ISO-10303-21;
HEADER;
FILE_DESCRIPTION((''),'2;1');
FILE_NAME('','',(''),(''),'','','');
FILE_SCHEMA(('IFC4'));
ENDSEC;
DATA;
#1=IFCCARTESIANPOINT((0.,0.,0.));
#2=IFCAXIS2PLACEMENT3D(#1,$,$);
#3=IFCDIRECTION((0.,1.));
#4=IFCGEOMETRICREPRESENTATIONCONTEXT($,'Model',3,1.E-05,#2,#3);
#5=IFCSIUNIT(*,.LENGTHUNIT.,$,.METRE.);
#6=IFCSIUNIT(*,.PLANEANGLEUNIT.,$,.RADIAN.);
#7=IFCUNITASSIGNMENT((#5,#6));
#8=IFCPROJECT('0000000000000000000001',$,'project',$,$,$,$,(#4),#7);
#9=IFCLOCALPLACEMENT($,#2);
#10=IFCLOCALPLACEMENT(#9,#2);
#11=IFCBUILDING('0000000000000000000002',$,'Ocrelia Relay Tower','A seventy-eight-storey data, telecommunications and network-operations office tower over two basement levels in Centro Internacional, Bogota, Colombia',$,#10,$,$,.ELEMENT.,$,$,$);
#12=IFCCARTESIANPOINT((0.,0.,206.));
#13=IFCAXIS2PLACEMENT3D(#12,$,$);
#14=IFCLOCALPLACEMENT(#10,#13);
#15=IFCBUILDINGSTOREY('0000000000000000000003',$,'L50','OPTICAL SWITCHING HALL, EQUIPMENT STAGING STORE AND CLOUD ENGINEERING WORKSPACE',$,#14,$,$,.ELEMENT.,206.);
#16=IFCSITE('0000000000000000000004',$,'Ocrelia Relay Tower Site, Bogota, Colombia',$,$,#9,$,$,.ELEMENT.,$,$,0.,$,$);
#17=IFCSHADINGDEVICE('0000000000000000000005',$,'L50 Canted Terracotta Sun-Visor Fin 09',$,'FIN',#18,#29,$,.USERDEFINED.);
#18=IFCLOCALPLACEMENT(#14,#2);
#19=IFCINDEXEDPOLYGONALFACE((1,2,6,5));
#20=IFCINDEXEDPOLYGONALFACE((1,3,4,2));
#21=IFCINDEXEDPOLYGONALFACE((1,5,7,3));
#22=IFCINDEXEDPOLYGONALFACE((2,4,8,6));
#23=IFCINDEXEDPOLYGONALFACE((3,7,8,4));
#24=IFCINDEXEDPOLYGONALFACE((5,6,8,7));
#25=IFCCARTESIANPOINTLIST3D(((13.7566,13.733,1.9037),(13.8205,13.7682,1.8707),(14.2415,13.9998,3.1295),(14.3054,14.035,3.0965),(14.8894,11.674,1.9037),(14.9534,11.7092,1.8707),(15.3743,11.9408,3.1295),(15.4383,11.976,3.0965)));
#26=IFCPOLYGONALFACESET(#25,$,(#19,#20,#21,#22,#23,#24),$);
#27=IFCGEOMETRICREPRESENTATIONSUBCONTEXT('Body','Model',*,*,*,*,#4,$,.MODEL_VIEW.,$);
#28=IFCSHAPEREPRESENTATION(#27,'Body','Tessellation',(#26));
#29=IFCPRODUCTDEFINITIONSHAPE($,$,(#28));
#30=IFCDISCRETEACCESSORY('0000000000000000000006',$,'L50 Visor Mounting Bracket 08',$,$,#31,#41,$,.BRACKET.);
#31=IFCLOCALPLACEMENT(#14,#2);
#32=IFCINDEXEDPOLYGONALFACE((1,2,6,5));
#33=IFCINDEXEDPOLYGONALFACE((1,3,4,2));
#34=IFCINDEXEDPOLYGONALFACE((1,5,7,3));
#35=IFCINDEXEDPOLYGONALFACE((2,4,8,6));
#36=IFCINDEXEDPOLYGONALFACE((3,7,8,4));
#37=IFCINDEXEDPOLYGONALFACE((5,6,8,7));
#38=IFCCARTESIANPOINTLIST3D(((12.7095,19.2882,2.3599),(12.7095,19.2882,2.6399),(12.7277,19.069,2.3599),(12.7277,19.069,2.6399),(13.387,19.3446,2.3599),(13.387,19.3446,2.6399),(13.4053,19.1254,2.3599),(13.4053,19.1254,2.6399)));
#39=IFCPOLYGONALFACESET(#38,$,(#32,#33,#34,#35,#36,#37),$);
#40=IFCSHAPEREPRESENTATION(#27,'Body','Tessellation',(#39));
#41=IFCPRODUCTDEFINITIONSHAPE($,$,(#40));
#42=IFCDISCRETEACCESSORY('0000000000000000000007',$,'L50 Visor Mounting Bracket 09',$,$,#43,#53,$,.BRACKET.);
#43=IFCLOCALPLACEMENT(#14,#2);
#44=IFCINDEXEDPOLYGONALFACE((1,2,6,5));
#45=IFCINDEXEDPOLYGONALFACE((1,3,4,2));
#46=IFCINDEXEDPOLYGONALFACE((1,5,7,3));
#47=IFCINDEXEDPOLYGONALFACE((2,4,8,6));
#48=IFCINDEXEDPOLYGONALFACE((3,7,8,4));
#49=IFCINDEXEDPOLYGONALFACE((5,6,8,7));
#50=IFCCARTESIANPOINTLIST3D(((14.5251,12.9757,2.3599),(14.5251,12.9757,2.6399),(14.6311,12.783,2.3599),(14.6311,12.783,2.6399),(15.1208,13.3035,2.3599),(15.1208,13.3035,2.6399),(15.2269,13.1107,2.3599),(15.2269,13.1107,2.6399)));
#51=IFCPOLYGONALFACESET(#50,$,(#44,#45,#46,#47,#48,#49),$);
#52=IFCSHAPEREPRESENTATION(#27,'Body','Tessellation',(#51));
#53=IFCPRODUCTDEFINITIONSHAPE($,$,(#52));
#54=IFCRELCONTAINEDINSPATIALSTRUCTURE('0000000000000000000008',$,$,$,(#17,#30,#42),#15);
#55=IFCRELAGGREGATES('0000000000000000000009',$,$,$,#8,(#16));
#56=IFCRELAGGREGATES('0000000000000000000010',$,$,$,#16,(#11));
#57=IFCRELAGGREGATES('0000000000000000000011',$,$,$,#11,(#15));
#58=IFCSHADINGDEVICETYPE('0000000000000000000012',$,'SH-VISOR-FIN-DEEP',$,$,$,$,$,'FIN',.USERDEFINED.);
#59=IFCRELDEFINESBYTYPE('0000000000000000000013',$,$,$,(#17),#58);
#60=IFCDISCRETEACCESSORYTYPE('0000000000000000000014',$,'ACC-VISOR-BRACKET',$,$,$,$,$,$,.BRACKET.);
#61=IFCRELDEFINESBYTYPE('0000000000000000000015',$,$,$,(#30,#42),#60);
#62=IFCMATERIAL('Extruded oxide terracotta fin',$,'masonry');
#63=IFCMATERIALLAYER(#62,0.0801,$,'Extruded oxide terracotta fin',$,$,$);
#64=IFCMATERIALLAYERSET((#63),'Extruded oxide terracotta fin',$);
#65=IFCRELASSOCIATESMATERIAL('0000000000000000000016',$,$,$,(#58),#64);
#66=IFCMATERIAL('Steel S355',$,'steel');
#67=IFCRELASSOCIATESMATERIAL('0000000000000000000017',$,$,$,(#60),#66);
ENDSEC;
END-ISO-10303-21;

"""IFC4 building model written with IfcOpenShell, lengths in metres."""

from ifc_helpers import new_model, si_unit, direction, frame, origin, origin_2d, place, context, subcontext, project, spatial, rectangle, extrude, material, layer, layer_set, type_object, element, save


model = new_model("IFC4")

# Units and contexts
model_context = context("Model", 3, precision=1e-05, world=origin(), true_north=direction((0.0, 1.0)))
body_context = subcontext(model_context, "Body", "Model", "MODEL_VIEW")
ifc_project = project(units=[si_unit("LENGTHUNIT", "METRE"), si_unit("PLANEANGLEUNIT", "RADIAN")], contexts=[model_context])

# Site, building, storey
site_placement = place(None, origin())
site = spatial("IfcSite", under=ifc_project, at=site_placement, Name="Ocrelia Relay Tower Site, Bogota, Colombia", CompositionType="ELEMENT", RefElevation=0.0)
building_placement = place(site_placement, origin())
building = spatial("IfcBuilding", under=site, at=building_placement, Name="Ocrelia Relay Tower", Description="A seventy-eight-storey data, telecommunications and network-operations office tower over two basement levels in Centro Internacional, Bogota, Colombia", CompositionType="ELEMENT")
storey_placement = place(building_placement, frame((0.0, 0.0, 206.0)))
storey = spatial("IfcBuildingStorey", under=building, at=storey_placement, Name="L50", Description="OPTICAL SWITCHING HALL, EQUIPMENT STAGING STORE AND CLOUD ENGINEERING WORKSPACE", CompositionType="ELEMENT", Elevation=206.0)

# Shading device
ifc_material_1 = material(Name="Extruded oxide terracotta fin", Category="masonry")
ifc_layer_1 = layer(ifc_material_1, 0.0801, Name="Extruded oxide terracotta fin")
ifc_layer_set_1 = layer_set([ifc_layer_1], Name="Extruded oxide terracotta fin")
shading_device_type = type_object("IfcShadingDeviceType", Name="SH-VISOR-FIN-DEEP", ElementType="FIN", PredefinedType="USERDEFINED", material=ifc_layer_set_1)
shading_device_1_placement = place(storey_placement, frame((14.6294, 12.8721, 2.4836), z_axis=(-0.79852, -0.439341, 0.411514), x_axis=(0.482049, -0.876144, 0.0)))
element("IfcShadingDevice", 1, at=shading_device_1_placement, inside=storey, type_object=shading_device_type, Name="L50 Canted Terracotta Sun-Visor Fin 09", ObjectType="FIN", PredefinedType="USERDEFINED", context=body_context, shape_type="SweptSolid", body=[
    extrude(rectangle(XDim=2.3501, YDim=1.345, at=origin_2d()), origin(), (0.0, 0.0, 1.0), 0.0801),
])

# Discrete accessories
ifc_material_2 = material(Name="Steel S355", Category="steel")
discrete_accessory_type = type_object("IfcDiscreteAccessoryType", Name="ACC-VISOR-BRACKET", PredefinedType="BRACKET", material=ifc_material_2)
for number, where, z_axis, x_axis, name in (
    (2, (13.0574, 19.2068, 2.3599), (0.0, 0.0, 1.0), (0.08292, -0.996556, 0.0), "L50 Visor Mounting Bracket 08"),
    (3, (14.876, 13.0432, 2.3599), (0.0, 0.0, 1.0), (0.482049, -0.876144, 0.0), "L50 Visor Mounting Bracket 09"),
):
    element("IfcDiscreteAccessory", number, at=place(storey_placement, frame(where, z_axis=z_axis, x_axis=x_axis)), inside=storey, type_object=discrete_accessory_type, Name=name, PredefinedType="BRACKET", context=body_context, shape_type="SweptSolid", body=[
        extrude(rectangle(XDim=0.22, YDim=0.6799, at=origin_2d()), origin(), (0.0, 0.0, 1.0), 0.28),
    ])

save(model, "model.ifc")
